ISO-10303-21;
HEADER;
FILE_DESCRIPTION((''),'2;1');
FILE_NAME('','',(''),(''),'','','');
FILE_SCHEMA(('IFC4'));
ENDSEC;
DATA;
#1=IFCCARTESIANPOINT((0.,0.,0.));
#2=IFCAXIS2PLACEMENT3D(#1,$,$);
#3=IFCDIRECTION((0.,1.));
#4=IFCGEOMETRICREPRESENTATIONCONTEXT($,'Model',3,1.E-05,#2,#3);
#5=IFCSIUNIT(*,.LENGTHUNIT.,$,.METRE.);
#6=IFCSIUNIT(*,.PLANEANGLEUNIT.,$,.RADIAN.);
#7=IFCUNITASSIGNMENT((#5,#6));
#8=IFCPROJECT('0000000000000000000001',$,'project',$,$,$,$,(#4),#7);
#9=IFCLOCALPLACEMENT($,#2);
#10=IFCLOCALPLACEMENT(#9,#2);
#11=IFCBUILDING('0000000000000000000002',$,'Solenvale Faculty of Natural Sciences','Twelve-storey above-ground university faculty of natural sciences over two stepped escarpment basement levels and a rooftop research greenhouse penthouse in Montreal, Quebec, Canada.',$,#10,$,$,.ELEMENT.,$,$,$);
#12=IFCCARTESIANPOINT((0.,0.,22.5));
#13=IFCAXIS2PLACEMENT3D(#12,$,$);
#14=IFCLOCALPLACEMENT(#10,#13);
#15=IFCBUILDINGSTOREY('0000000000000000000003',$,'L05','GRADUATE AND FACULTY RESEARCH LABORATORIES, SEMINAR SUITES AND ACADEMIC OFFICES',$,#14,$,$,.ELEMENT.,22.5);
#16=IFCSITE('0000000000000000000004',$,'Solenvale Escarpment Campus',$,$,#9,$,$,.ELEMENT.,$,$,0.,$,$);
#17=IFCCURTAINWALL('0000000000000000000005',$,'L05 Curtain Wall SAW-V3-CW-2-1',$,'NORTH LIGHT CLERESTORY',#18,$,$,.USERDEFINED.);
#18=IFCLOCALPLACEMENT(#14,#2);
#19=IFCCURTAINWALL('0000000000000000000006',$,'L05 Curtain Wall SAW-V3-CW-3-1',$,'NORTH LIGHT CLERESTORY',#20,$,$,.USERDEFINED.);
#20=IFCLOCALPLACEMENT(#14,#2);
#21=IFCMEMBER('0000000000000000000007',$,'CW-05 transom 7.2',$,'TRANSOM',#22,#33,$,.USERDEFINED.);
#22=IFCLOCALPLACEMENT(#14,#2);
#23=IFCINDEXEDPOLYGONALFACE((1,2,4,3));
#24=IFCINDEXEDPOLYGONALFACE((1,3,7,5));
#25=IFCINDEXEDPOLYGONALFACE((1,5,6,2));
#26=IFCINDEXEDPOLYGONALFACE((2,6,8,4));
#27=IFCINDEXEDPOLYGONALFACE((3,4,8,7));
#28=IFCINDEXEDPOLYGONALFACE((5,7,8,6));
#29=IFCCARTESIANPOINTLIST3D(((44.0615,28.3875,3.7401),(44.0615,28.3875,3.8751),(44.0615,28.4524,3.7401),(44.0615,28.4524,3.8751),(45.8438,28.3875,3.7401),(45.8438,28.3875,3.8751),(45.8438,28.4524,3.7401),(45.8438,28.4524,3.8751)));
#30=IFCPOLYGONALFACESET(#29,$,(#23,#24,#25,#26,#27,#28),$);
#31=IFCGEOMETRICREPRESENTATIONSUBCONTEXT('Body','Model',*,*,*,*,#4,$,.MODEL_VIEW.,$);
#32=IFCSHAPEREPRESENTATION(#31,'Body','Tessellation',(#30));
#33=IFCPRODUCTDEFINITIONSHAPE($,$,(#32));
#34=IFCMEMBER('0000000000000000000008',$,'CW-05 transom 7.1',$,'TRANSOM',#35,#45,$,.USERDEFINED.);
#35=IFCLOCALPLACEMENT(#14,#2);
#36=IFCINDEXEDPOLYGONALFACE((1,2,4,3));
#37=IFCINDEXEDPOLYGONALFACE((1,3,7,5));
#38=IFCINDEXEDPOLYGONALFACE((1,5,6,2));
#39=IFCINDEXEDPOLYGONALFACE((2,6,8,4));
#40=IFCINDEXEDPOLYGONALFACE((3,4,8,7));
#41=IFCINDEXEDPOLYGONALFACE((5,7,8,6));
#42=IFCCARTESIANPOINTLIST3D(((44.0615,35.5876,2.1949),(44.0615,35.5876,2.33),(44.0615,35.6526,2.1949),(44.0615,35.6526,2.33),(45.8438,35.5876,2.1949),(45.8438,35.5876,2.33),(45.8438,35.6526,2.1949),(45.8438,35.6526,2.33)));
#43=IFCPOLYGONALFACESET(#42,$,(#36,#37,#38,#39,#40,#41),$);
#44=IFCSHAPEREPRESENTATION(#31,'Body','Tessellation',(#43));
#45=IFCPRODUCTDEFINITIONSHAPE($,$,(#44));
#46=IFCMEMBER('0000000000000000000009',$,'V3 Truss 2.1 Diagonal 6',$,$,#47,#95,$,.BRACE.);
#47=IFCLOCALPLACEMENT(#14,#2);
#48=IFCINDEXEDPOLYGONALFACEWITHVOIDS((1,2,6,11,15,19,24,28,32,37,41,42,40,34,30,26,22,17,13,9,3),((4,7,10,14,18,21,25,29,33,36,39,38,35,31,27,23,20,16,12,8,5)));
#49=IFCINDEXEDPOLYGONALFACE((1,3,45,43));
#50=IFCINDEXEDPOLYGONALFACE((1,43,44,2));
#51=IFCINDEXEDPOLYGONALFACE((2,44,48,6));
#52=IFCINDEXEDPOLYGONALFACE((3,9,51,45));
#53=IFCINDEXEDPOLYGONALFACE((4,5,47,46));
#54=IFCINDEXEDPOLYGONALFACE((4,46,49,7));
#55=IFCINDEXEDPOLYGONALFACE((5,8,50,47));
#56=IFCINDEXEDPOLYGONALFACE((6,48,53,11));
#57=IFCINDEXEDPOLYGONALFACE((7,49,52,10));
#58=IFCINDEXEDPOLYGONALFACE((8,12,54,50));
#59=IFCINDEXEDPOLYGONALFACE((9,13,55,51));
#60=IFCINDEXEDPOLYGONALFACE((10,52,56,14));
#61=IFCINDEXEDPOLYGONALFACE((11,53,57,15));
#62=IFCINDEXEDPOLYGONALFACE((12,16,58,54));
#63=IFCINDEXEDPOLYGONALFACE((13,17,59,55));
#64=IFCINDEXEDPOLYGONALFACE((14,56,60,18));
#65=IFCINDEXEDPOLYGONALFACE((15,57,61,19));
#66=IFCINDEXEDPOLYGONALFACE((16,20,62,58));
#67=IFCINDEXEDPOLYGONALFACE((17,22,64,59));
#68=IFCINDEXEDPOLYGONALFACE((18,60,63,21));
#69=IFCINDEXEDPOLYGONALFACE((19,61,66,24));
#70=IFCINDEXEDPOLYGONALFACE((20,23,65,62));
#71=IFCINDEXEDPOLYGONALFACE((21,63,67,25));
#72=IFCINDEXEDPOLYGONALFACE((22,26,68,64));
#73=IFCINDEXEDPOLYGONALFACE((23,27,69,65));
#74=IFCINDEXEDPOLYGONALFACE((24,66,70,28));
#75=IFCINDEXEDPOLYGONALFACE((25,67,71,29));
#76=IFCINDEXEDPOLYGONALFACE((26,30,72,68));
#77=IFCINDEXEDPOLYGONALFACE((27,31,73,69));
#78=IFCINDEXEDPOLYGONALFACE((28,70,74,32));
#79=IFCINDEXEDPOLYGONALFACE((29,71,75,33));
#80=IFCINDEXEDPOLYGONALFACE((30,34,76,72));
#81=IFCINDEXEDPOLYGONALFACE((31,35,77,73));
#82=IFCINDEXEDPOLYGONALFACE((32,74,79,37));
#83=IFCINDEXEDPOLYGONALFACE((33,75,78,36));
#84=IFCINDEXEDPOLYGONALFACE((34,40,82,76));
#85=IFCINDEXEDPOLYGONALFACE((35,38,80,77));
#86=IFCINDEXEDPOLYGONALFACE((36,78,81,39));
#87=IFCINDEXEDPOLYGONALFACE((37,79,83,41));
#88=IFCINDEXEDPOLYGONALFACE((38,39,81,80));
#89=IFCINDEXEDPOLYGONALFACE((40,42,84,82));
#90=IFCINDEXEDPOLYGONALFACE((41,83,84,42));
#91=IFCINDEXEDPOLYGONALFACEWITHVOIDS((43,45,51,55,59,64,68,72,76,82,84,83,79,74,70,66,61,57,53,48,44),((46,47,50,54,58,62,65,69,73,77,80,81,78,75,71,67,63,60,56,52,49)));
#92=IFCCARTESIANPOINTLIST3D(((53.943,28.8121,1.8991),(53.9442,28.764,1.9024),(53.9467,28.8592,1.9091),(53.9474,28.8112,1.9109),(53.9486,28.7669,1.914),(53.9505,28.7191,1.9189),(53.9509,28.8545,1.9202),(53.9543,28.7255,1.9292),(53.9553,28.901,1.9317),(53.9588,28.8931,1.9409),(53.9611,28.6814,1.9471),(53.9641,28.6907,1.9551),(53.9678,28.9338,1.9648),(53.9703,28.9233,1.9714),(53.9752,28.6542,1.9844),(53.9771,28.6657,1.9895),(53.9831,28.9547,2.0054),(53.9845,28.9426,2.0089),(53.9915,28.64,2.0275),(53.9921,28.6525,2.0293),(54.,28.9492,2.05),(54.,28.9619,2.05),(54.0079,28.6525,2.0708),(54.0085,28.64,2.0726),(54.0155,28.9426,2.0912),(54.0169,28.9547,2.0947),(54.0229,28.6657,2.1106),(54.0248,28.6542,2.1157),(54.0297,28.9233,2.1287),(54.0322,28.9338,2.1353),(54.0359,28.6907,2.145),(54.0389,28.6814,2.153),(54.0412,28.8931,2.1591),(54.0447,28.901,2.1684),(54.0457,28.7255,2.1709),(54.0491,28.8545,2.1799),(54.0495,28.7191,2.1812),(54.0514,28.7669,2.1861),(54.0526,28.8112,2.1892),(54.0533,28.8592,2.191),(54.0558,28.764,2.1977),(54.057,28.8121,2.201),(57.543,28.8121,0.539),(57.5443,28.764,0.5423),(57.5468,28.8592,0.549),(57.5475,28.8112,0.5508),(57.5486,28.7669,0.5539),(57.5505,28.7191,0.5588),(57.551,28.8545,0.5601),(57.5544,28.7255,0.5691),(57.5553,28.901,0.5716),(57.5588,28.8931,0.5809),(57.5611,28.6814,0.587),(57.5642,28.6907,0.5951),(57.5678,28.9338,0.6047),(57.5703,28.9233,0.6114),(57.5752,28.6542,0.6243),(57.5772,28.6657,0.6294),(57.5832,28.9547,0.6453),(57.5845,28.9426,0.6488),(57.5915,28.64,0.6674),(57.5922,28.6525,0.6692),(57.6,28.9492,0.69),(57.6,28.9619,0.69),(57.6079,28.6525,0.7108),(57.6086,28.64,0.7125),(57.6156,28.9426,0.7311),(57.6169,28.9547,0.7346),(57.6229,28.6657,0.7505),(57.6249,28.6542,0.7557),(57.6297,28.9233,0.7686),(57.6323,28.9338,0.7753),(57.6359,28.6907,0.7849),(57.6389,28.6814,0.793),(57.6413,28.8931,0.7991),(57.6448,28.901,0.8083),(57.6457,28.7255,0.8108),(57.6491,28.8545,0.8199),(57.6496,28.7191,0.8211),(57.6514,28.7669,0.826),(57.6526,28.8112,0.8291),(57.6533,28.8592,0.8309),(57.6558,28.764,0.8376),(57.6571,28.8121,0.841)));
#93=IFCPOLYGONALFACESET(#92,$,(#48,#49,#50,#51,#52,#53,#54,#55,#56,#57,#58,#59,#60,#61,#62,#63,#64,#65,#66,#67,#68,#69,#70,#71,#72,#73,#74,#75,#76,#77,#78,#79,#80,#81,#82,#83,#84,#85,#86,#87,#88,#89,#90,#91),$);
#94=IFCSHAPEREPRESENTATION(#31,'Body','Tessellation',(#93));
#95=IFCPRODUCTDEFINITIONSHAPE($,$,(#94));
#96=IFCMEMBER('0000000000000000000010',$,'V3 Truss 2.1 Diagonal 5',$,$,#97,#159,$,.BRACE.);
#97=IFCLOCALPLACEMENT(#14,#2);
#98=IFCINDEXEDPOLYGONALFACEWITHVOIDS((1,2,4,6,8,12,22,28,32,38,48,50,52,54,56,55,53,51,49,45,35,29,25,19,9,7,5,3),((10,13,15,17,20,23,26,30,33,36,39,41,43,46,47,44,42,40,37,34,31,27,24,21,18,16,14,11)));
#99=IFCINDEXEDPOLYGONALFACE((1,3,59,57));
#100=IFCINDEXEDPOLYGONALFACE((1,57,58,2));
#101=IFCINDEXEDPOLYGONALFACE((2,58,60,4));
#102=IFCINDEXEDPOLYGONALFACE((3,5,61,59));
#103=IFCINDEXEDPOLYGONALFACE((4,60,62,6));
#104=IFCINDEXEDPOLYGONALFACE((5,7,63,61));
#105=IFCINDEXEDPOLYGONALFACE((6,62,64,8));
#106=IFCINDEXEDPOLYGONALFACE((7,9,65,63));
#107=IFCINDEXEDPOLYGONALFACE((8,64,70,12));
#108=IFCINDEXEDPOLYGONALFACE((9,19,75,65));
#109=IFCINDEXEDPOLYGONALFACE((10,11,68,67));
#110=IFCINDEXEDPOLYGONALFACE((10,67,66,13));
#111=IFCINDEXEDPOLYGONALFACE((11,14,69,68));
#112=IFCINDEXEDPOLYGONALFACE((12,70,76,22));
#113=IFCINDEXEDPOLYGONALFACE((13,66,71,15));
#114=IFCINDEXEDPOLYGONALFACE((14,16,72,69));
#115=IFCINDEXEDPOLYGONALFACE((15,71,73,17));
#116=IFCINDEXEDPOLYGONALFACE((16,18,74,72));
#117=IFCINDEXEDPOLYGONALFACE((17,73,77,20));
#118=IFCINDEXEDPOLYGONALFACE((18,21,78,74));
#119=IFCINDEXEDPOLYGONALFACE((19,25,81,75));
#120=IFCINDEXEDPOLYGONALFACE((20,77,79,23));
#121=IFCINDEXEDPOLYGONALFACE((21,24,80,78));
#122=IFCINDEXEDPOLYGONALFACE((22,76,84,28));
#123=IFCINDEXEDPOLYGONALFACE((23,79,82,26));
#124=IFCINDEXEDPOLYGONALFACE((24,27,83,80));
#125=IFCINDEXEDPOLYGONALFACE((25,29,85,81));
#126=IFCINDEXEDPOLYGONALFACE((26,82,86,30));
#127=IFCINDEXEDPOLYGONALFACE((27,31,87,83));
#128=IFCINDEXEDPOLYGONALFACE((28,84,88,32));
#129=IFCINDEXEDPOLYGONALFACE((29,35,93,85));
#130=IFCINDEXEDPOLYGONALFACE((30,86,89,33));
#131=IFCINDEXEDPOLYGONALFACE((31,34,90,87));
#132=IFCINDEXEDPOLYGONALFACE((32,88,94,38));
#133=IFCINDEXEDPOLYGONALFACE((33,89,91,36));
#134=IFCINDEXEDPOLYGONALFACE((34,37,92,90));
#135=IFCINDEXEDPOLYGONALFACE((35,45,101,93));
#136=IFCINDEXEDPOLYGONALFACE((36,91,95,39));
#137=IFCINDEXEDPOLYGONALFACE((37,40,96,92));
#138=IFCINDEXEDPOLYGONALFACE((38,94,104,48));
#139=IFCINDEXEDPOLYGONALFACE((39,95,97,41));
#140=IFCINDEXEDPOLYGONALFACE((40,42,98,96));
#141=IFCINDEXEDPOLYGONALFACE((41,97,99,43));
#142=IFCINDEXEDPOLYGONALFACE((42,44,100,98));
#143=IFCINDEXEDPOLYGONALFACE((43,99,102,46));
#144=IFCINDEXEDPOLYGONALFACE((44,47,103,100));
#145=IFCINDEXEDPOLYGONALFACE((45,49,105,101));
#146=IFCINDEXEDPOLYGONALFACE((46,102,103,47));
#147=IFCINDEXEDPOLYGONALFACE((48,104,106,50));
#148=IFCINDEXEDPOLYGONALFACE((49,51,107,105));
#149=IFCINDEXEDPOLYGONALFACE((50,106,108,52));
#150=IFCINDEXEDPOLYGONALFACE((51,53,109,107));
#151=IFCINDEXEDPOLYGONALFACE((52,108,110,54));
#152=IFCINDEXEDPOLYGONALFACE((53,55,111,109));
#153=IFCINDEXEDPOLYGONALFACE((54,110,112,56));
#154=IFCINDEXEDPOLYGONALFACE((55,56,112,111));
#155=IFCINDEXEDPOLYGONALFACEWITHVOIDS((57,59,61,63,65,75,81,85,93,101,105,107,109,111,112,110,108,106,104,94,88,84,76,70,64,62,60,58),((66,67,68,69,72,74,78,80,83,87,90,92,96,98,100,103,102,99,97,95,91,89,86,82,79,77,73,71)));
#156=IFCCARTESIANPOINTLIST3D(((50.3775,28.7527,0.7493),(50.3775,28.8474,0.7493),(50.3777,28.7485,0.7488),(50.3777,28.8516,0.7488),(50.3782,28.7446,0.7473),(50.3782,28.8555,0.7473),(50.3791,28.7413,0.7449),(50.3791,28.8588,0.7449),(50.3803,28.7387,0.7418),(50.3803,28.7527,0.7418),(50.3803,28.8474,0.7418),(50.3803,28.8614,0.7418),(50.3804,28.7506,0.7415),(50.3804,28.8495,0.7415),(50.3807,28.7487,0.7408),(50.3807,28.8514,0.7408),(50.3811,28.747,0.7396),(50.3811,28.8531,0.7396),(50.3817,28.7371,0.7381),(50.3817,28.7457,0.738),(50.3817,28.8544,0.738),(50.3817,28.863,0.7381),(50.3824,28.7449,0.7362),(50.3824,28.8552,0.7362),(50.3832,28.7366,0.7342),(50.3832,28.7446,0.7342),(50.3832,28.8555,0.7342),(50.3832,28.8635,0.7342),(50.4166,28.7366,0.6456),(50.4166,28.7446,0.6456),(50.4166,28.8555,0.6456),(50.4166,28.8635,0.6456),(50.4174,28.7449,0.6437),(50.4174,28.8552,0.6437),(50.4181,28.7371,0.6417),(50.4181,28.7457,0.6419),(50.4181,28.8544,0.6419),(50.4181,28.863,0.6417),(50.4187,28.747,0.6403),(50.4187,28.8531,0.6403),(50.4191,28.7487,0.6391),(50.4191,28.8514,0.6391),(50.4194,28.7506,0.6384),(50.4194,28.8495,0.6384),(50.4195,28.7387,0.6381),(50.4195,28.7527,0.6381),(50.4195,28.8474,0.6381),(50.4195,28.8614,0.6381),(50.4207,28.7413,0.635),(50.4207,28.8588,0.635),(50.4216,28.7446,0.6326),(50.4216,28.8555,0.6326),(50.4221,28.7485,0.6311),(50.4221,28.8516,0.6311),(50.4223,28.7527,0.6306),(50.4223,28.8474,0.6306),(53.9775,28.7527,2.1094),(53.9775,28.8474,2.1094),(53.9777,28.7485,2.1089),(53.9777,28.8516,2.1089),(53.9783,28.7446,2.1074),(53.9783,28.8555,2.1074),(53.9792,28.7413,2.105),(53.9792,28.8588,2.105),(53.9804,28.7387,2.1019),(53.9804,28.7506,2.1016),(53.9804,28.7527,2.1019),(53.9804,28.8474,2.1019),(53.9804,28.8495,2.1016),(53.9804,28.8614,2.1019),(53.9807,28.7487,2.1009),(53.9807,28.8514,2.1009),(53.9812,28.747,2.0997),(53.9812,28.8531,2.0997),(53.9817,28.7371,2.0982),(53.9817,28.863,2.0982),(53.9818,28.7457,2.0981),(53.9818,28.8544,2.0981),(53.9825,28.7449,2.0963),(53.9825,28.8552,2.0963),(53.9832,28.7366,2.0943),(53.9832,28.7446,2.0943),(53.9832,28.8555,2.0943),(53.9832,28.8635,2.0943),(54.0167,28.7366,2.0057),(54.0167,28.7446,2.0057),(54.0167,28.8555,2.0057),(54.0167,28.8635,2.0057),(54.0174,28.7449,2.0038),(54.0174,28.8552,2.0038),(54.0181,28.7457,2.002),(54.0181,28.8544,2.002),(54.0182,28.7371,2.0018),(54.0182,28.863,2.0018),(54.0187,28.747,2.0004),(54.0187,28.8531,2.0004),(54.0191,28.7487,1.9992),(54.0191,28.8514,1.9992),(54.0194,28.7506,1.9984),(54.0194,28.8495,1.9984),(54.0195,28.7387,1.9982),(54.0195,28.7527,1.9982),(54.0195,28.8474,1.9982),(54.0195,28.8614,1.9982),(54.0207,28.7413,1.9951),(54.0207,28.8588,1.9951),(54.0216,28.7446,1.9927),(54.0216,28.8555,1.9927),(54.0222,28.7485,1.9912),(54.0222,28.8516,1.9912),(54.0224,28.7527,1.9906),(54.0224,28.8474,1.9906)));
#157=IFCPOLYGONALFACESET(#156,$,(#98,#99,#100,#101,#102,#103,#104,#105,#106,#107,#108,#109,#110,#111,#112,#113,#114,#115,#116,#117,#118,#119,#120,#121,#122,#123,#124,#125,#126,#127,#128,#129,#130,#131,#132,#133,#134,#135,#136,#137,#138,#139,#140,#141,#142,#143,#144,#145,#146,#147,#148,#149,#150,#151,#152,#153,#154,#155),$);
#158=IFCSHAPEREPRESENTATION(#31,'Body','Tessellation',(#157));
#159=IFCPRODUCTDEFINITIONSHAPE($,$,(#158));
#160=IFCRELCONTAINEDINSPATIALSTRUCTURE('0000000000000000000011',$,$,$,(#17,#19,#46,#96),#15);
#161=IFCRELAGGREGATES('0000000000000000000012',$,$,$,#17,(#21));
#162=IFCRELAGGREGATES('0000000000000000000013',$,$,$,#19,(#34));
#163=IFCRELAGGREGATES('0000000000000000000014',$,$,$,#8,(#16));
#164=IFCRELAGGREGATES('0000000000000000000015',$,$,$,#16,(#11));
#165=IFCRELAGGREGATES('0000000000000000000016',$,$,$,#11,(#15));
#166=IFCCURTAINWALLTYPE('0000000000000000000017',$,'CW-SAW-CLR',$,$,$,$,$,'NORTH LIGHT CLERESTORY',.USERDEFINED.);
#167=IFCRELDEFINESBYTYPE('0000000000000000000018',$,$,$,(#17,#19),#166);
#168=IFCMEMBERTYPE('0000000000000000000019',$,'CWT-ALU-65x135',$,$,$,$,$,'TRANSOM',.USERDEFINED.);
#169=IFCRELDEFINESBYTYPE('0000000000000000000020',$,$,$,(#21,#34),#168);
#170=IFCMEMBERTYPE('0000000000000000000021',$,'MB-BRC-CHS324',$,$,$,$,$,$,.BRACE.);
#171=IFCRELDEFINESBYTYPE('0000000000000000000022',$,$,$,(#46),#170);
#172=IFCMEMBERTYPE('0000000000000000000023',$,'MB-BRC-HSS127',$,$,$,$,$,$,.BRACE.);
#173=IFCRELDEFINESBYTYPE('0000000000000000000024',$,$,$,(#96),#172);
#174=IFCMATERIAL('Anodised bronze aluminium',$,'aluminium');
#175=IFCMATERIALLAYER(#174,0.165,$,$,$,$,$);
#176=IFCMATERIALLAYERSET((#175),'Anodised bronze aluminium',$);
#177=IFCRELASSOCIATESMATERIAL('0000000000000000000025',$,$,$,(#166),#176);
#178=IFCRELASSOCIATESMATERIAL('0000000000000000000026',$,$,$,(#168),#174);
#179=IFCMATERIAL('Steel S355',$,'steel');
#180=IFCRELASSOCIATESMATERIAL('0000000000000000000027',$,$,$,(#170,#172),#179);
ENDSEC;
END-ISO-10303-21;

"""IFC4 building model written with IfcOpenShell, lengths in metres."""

from ifc_helpers import new_model, si_unit, direction, frame, origin, origin_2d, place, context, subcontext, project, spatial, rectangle, hollow_rectangle, hollow_circle, extrude, material, layer, layer_set, material_profile, profile_set, type_object, element, aggregate, save


model = new_model("IFC4")

# Units and contexts
model_context = context("Model", 3, precision=1e-05, world=origin(), true_north=direction((0.0, 1.0)))
body_context = subcontext(model_context, "Body", "Model", "MODEL_VIEW")
ifc_project = project(units=[si_unit("LENGTHUNIT", "METRE"), si_unit("PLANEANGLEUNIT", "RADIAN")], contexts=[model_context])

# Site, building, storey
site_placement = place(None, origin())
site = spatial("IfcSite", under=ifc_project, at=site_placement, Name="Solenvale Escarpment Campus", CompositionType="ELEMENT", RefElevation=0.0)
building_placement = place(site_placement, origin())
building = spatial("IfcBuilding", under=site, at=building_placement, Name="Solenvale Faculty of Natural Sciences", Description="Twelve-storey above-ground university faculty of natural sciences over two stepped escarpment basement levels and a rooftop research greenhouse penthouse in Montreal, Quebec, Canada.", CompositionType="ELEMENT")
storey_placement = place(building_placement, frame((0.0, 0.0, 22.5)))
storey = spatial("IfcBuildingStorey", under=building, at=storey_placement, Name="L05", Description="GRADUATE AND FACULTY RESEARCH LABORATORIES, SEMINAR SUITES AND ACADEMIC OFFICES", CompositionType="ELEMENT", Elevation=22.5)

# Curtain wall
ifc_material_1 = material(Name="Anodised bronze aluminium", Category="aluminium")
ifc_layer_1 = layer(ifc_material_1, 0.165)
ifc_layer_set_1 = layer_set([ifc_layer_1], Name="Anodised bronze aluminium")
curtain_wall_type = type_object("IfcCurtainWallType", Name="CW-SAW-CLR", ElementType="NORTH LIGHT CLERESTORY", PredefinedType="USERDEFINED", material=ifc_layer_set_1)
curtain_wall_1_placement = place(storey_placement, origin())
curtain_wall_1 = element("IfcCurtainWall", 1, at=curtain_wall_1_placement, inside=storey, type_object=curtain_wall_type, Name="L05 Curtain Wall SAW-V3-CW-2-1", ObjectType="NORTH LIGHT CLERESTORY", PredefinedType="USERDEFINED")

# Curtain wall
curtain_wall_2_placement = place(storey_placement, origin())
curtain_wall_2 = element("IfcCurtainWall", 2, at=curtain_wall_2_placement, inside=storey, type_object=curtain_wall_type, Name="L05 Curtain Wall SAW-V3-CW-3-1", ObjectType="NORTH LIGHT CLERESTORY", PredefinedType="USERDEFINED")

# Members
ifc_material_profile_1 = material_profile(ifc_material_1, rectangle(XDim=0.0649, YDim=0.135, at=origin_2d()), Name="ALU-TRN-65x135")
ifc_profile_set_1 = profile_set([ifc_material_profile_1], Name="Anodised bronze aluminium")
member_type_1 = type_object("IfcMemberType", Name="CWT-ALU-65x135", ElementType="TRANSOM", PredefinedType="USERDEFINED", material=ifc_profile_set_1)
member_1_placement = place(storey_placement, frame((45.8438, 28.4199, 3.8076), z_axis=(-1.0, 0.0, 0.0), x_axis=(0.0, -1.0, 0.0)))
member_1 = element("IfcMember", 3, at=member_1_placement, type_object=member_type_1, Name="CW-05 transom 7.2", ObjectType="TRANSOM", PredefinedType="USERDEFINED", context=body_context, shape_type="SweptSolid", body=[
    extrude(rectangle(XDim=0.0649, YDim=0.135, at=origin_2d()), origin(), (0.0, 0.0, 1.0), 1.7822),
])
member_2_placement = place(storey_placement, frame((45.8438, 35.6201, 2.2625), z_axis=(-1.0, 0.0, 0.0), x_axis=(0.0, -1.0, 0.0)))
member_2 = element("IfcMember", 4, at=member_2_placement, type_object=member_type_1, Name="CW-05 transom 7.1", ObjectType="TRANSOM", PredefinedType="USERDEFINED", context=body_context, shape_type="SweptSolid", body=[
    extrude(rectangle(XDim=0.0649, YDim=0.135, at=origin_2d()), origin(), (0.0, 0.0, 1.0), 1.7822),
])

# Members
ifc_material_2 = material(Name="Steel S355", Category="steel")
ifc_material_profile_2 = material_profile(ifc_material_2, hollow_circle(Radius=0.1619, WallThickness=0.0127, at=origin_2d()), Name="HSS324x13")
ifc_profile_set_2 = profile_set([ifc_material_profile_2], Name="Steel S355")
member_type_2 = type_object("IfcMemberType", Name="MB-BRC-CHS324", PredefinedType="BRACE", material=ifc_profile_set_2)
member_3_placement = place(storey_placement, frame((54.0, 28.8, 2.05), z_axis=(0.935466, 0.0, -0.353417), x_axis=(0.0, 1.0, 0.0)))
element("IfcMember", 5, at=member_3_placement, inside=storey, type_object=member_type_2, Name="V3 Truss 2.1 Diagonal 6", PredefinedType="BRACE", context=body_context, shape_type="SweptSolid", body=[
    extrude(hollow_circle(Radius=0.1619, WallThickness=0.0127, at=origin_2d()), origin(), (0.0, 0.0, 1.0), 3.8484),
])
ifc_material_profile_3 = material_profile(ifc_material_2, hollow_rectangle(XDim=0.127, YDim=0.127, WallThickness=0.0081, InnerFilletRadius=0.0081, OuterFilletRadius=0.0161, at=origin_2d()), Name="HSS127x127x8.0")
ifc_profile_set_3 = profile_set([ifc_material_profile_3], Name="Steel S355")
member_type_3 = type_object("IfcMemberType", Name="MB-BRC-HSS127", PredefinedType="BRACE", material=ifc_profile_set_3)
member_4_placement = place(storey_placement, frame((50.3999, 28.8, 0.6899), z_axis=(0.935466, 0.0, 0.353417), x_axis=(0.0, 1.0, 0.0)))
element("IfcMember", 6, at=member_4_placement, inside=storey, type_object=member_type_3, Name="V3 Truss 2.1 Diagonal 5", PredefinedType="BRACE", context=body_context, shape_type="SweptSolid", body=[
    extrude(hollow_rectangle(XDim=0.127, YDim=0.127, WallThickness=0.0081, InnerFilletRadius=0.0081, OuterFilletRadius=0.0161, at=origin_2d()), origin(), (0.0, 0.0, 1.0), 3.8484),
])

aggregate(curtain_wall_1, [member_1])
aggregate(curtain_wall_2, [member_2])

save(model, "model.ifc")
